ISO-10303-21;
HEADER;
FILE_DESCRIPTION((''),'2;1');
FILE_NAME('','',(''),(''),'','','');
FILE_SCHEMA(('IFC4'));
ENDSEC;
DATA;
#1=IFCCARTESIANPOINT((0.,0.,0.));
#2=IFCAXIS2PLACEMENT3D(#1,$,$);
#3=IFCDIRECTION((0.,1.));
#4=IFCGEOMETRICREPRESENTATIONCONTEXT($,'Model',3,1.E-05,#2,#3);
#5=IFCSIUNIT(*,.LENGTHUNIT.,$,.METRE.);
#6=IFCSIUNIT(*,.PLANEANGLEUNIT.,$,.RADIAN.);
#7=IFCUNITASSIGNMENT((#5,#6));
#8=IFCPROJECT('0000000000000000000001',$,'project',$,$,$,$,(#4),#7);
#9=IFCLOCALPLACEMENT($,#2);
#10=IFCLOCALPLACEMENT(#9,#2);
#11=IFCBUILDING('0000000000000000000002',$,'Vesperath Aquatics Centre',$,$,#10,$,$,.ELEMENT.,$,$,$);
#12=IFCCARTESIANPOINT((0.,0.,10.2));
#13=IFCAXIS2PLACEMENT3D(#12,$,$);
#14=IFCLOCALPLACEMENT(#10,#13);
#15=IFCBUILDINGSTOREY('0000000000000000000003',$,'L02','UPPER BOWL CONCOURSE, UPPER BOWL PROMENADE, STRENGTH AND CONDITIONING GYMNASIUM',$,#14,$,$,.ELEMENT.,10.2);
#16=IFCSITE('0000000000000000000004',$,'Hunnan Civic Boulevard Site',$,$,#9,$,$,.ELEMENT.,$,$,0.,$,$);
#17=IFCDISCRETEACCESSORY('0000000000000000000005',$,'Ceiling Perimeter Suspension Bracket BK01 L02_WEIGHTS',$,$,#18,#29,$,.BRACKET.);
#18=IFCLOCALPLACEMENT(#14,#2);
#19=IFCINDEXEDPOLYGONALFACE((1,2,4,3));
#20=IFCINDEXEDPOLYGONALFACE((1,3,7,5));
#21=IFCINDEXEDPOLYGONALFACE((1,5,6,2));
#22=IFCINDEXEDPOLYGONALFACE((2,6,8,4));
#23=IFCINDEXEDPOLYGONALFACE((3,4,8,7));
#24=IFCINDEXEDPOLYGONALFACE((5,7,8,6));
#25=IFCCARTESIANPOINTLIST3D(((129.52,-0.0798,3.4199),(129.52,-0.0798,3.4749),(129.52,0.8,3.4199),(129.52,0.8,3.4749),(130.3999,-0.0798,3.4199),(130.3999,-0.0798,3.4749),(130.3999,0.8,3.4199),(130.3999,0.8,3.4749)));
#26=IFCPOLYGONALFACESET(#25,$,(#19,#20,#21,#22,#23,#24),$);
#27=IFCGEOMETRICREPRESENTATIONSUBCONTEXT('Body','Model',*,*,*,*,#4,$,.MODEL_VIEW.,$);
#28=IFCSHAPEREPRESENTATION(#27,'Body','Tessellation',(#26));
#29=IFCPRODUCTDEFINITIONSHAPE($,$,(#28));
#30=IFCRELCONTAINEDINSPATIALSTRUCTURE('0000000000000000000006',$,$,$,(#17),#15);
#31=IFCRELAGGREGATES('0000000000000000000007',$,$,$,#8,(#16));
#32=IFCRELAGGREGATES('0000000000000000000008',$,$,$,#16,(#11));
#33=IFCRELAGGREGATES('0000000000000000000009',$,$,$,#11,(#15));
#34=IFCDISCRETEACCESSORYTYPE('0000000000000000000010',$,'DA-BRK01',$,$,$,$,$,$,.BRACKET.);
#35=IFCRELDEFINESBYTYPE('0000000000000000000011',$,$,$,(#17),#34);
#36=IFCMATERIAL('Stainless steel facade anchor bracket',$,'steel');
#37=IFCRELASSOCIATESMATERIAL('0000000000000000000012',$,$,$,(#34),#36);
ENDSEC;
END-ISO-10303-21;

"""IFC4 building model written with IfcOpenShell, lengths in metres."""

from ifc_helpers import new_model, si_unit, direction, frame, origin, origin_2d, place, context, subcontext, project, spatial, rectangle, extrude, material, type_object, element, save


model = new_model("IFC4")

# Units and contexts
model_context = context("Model", 3, precision=1e-05, world=origin(), true_north=direction((0.0, 1.0)))
body_context = subcontext(model_context, "Body", "Model", "MODEL_VIEW")
ifc_project = project(units=[si_unit("LENGTHUNIT", "METRE"), si_unit("PLANEANGLEUNIT", "RADIAN")], contexts=[model_context])

# Site, building, storey
site_placement = place(None, origin())
site = spatial("IfcSite", under=ifc_project, at=site_placement, Name="Hunnan Civic Boulevard Site", CompositionType="ELEMENT", RefElevation=0.0)
building_placement = place(site_placement, origin())
building = spatial("IfcBuilding", under=site, at=building_placement, Name="Vesperath Aquatics Centre", CompositionType="ELEMENT")
storey_placement = place(building_placement, frame((0.0, 0.0, 10.2)))
storey = spatial("IfcBuildingStorey", under=building, at=storey_placement, Name="L02", Description="UPPER BOWL CONCOURSE, UPPER BOWL PROMENADE, STRENGTH AND CONDITIONING GYMNASIUM", CompositionType="ELEMENT", Elevation=10.2)

# Discrete accessory
ifc_material_1 = material(Name="Stainless steel facade anchor bracket", Category="steel")
discrete_accessory_type = type_object("IfcDiscreteAccessoryType", Name="DA-BRK01", PredefinedType="BRACKET", material=ifc_material_1)
discrete_accessory_placement = place(storey_placement, frame((129.96, 0.3601, 3.4199), z_axis=(0.0, 0.0, 1.0), x_axis=(1.0, 0.0, 0.0)))
element("IfcDiscreteAccessory", 1, at=discrete_accessory_placement, inside=storey, type_object=discrete_accessory_type, Name="Ceiling Perimeter Suspension Bracket BK01 L02_WEIGHTS", PredefinedType="BRACKET", context=body_context, shape_type="SweptSolid", body=[
    extrude(rectangle(XDim=0.8799, YDim=0.8799, at=origin_2d()), origin(), (0.0, 0.0, 1.0), 0.0549),
])

save(model, "model.ifc")
